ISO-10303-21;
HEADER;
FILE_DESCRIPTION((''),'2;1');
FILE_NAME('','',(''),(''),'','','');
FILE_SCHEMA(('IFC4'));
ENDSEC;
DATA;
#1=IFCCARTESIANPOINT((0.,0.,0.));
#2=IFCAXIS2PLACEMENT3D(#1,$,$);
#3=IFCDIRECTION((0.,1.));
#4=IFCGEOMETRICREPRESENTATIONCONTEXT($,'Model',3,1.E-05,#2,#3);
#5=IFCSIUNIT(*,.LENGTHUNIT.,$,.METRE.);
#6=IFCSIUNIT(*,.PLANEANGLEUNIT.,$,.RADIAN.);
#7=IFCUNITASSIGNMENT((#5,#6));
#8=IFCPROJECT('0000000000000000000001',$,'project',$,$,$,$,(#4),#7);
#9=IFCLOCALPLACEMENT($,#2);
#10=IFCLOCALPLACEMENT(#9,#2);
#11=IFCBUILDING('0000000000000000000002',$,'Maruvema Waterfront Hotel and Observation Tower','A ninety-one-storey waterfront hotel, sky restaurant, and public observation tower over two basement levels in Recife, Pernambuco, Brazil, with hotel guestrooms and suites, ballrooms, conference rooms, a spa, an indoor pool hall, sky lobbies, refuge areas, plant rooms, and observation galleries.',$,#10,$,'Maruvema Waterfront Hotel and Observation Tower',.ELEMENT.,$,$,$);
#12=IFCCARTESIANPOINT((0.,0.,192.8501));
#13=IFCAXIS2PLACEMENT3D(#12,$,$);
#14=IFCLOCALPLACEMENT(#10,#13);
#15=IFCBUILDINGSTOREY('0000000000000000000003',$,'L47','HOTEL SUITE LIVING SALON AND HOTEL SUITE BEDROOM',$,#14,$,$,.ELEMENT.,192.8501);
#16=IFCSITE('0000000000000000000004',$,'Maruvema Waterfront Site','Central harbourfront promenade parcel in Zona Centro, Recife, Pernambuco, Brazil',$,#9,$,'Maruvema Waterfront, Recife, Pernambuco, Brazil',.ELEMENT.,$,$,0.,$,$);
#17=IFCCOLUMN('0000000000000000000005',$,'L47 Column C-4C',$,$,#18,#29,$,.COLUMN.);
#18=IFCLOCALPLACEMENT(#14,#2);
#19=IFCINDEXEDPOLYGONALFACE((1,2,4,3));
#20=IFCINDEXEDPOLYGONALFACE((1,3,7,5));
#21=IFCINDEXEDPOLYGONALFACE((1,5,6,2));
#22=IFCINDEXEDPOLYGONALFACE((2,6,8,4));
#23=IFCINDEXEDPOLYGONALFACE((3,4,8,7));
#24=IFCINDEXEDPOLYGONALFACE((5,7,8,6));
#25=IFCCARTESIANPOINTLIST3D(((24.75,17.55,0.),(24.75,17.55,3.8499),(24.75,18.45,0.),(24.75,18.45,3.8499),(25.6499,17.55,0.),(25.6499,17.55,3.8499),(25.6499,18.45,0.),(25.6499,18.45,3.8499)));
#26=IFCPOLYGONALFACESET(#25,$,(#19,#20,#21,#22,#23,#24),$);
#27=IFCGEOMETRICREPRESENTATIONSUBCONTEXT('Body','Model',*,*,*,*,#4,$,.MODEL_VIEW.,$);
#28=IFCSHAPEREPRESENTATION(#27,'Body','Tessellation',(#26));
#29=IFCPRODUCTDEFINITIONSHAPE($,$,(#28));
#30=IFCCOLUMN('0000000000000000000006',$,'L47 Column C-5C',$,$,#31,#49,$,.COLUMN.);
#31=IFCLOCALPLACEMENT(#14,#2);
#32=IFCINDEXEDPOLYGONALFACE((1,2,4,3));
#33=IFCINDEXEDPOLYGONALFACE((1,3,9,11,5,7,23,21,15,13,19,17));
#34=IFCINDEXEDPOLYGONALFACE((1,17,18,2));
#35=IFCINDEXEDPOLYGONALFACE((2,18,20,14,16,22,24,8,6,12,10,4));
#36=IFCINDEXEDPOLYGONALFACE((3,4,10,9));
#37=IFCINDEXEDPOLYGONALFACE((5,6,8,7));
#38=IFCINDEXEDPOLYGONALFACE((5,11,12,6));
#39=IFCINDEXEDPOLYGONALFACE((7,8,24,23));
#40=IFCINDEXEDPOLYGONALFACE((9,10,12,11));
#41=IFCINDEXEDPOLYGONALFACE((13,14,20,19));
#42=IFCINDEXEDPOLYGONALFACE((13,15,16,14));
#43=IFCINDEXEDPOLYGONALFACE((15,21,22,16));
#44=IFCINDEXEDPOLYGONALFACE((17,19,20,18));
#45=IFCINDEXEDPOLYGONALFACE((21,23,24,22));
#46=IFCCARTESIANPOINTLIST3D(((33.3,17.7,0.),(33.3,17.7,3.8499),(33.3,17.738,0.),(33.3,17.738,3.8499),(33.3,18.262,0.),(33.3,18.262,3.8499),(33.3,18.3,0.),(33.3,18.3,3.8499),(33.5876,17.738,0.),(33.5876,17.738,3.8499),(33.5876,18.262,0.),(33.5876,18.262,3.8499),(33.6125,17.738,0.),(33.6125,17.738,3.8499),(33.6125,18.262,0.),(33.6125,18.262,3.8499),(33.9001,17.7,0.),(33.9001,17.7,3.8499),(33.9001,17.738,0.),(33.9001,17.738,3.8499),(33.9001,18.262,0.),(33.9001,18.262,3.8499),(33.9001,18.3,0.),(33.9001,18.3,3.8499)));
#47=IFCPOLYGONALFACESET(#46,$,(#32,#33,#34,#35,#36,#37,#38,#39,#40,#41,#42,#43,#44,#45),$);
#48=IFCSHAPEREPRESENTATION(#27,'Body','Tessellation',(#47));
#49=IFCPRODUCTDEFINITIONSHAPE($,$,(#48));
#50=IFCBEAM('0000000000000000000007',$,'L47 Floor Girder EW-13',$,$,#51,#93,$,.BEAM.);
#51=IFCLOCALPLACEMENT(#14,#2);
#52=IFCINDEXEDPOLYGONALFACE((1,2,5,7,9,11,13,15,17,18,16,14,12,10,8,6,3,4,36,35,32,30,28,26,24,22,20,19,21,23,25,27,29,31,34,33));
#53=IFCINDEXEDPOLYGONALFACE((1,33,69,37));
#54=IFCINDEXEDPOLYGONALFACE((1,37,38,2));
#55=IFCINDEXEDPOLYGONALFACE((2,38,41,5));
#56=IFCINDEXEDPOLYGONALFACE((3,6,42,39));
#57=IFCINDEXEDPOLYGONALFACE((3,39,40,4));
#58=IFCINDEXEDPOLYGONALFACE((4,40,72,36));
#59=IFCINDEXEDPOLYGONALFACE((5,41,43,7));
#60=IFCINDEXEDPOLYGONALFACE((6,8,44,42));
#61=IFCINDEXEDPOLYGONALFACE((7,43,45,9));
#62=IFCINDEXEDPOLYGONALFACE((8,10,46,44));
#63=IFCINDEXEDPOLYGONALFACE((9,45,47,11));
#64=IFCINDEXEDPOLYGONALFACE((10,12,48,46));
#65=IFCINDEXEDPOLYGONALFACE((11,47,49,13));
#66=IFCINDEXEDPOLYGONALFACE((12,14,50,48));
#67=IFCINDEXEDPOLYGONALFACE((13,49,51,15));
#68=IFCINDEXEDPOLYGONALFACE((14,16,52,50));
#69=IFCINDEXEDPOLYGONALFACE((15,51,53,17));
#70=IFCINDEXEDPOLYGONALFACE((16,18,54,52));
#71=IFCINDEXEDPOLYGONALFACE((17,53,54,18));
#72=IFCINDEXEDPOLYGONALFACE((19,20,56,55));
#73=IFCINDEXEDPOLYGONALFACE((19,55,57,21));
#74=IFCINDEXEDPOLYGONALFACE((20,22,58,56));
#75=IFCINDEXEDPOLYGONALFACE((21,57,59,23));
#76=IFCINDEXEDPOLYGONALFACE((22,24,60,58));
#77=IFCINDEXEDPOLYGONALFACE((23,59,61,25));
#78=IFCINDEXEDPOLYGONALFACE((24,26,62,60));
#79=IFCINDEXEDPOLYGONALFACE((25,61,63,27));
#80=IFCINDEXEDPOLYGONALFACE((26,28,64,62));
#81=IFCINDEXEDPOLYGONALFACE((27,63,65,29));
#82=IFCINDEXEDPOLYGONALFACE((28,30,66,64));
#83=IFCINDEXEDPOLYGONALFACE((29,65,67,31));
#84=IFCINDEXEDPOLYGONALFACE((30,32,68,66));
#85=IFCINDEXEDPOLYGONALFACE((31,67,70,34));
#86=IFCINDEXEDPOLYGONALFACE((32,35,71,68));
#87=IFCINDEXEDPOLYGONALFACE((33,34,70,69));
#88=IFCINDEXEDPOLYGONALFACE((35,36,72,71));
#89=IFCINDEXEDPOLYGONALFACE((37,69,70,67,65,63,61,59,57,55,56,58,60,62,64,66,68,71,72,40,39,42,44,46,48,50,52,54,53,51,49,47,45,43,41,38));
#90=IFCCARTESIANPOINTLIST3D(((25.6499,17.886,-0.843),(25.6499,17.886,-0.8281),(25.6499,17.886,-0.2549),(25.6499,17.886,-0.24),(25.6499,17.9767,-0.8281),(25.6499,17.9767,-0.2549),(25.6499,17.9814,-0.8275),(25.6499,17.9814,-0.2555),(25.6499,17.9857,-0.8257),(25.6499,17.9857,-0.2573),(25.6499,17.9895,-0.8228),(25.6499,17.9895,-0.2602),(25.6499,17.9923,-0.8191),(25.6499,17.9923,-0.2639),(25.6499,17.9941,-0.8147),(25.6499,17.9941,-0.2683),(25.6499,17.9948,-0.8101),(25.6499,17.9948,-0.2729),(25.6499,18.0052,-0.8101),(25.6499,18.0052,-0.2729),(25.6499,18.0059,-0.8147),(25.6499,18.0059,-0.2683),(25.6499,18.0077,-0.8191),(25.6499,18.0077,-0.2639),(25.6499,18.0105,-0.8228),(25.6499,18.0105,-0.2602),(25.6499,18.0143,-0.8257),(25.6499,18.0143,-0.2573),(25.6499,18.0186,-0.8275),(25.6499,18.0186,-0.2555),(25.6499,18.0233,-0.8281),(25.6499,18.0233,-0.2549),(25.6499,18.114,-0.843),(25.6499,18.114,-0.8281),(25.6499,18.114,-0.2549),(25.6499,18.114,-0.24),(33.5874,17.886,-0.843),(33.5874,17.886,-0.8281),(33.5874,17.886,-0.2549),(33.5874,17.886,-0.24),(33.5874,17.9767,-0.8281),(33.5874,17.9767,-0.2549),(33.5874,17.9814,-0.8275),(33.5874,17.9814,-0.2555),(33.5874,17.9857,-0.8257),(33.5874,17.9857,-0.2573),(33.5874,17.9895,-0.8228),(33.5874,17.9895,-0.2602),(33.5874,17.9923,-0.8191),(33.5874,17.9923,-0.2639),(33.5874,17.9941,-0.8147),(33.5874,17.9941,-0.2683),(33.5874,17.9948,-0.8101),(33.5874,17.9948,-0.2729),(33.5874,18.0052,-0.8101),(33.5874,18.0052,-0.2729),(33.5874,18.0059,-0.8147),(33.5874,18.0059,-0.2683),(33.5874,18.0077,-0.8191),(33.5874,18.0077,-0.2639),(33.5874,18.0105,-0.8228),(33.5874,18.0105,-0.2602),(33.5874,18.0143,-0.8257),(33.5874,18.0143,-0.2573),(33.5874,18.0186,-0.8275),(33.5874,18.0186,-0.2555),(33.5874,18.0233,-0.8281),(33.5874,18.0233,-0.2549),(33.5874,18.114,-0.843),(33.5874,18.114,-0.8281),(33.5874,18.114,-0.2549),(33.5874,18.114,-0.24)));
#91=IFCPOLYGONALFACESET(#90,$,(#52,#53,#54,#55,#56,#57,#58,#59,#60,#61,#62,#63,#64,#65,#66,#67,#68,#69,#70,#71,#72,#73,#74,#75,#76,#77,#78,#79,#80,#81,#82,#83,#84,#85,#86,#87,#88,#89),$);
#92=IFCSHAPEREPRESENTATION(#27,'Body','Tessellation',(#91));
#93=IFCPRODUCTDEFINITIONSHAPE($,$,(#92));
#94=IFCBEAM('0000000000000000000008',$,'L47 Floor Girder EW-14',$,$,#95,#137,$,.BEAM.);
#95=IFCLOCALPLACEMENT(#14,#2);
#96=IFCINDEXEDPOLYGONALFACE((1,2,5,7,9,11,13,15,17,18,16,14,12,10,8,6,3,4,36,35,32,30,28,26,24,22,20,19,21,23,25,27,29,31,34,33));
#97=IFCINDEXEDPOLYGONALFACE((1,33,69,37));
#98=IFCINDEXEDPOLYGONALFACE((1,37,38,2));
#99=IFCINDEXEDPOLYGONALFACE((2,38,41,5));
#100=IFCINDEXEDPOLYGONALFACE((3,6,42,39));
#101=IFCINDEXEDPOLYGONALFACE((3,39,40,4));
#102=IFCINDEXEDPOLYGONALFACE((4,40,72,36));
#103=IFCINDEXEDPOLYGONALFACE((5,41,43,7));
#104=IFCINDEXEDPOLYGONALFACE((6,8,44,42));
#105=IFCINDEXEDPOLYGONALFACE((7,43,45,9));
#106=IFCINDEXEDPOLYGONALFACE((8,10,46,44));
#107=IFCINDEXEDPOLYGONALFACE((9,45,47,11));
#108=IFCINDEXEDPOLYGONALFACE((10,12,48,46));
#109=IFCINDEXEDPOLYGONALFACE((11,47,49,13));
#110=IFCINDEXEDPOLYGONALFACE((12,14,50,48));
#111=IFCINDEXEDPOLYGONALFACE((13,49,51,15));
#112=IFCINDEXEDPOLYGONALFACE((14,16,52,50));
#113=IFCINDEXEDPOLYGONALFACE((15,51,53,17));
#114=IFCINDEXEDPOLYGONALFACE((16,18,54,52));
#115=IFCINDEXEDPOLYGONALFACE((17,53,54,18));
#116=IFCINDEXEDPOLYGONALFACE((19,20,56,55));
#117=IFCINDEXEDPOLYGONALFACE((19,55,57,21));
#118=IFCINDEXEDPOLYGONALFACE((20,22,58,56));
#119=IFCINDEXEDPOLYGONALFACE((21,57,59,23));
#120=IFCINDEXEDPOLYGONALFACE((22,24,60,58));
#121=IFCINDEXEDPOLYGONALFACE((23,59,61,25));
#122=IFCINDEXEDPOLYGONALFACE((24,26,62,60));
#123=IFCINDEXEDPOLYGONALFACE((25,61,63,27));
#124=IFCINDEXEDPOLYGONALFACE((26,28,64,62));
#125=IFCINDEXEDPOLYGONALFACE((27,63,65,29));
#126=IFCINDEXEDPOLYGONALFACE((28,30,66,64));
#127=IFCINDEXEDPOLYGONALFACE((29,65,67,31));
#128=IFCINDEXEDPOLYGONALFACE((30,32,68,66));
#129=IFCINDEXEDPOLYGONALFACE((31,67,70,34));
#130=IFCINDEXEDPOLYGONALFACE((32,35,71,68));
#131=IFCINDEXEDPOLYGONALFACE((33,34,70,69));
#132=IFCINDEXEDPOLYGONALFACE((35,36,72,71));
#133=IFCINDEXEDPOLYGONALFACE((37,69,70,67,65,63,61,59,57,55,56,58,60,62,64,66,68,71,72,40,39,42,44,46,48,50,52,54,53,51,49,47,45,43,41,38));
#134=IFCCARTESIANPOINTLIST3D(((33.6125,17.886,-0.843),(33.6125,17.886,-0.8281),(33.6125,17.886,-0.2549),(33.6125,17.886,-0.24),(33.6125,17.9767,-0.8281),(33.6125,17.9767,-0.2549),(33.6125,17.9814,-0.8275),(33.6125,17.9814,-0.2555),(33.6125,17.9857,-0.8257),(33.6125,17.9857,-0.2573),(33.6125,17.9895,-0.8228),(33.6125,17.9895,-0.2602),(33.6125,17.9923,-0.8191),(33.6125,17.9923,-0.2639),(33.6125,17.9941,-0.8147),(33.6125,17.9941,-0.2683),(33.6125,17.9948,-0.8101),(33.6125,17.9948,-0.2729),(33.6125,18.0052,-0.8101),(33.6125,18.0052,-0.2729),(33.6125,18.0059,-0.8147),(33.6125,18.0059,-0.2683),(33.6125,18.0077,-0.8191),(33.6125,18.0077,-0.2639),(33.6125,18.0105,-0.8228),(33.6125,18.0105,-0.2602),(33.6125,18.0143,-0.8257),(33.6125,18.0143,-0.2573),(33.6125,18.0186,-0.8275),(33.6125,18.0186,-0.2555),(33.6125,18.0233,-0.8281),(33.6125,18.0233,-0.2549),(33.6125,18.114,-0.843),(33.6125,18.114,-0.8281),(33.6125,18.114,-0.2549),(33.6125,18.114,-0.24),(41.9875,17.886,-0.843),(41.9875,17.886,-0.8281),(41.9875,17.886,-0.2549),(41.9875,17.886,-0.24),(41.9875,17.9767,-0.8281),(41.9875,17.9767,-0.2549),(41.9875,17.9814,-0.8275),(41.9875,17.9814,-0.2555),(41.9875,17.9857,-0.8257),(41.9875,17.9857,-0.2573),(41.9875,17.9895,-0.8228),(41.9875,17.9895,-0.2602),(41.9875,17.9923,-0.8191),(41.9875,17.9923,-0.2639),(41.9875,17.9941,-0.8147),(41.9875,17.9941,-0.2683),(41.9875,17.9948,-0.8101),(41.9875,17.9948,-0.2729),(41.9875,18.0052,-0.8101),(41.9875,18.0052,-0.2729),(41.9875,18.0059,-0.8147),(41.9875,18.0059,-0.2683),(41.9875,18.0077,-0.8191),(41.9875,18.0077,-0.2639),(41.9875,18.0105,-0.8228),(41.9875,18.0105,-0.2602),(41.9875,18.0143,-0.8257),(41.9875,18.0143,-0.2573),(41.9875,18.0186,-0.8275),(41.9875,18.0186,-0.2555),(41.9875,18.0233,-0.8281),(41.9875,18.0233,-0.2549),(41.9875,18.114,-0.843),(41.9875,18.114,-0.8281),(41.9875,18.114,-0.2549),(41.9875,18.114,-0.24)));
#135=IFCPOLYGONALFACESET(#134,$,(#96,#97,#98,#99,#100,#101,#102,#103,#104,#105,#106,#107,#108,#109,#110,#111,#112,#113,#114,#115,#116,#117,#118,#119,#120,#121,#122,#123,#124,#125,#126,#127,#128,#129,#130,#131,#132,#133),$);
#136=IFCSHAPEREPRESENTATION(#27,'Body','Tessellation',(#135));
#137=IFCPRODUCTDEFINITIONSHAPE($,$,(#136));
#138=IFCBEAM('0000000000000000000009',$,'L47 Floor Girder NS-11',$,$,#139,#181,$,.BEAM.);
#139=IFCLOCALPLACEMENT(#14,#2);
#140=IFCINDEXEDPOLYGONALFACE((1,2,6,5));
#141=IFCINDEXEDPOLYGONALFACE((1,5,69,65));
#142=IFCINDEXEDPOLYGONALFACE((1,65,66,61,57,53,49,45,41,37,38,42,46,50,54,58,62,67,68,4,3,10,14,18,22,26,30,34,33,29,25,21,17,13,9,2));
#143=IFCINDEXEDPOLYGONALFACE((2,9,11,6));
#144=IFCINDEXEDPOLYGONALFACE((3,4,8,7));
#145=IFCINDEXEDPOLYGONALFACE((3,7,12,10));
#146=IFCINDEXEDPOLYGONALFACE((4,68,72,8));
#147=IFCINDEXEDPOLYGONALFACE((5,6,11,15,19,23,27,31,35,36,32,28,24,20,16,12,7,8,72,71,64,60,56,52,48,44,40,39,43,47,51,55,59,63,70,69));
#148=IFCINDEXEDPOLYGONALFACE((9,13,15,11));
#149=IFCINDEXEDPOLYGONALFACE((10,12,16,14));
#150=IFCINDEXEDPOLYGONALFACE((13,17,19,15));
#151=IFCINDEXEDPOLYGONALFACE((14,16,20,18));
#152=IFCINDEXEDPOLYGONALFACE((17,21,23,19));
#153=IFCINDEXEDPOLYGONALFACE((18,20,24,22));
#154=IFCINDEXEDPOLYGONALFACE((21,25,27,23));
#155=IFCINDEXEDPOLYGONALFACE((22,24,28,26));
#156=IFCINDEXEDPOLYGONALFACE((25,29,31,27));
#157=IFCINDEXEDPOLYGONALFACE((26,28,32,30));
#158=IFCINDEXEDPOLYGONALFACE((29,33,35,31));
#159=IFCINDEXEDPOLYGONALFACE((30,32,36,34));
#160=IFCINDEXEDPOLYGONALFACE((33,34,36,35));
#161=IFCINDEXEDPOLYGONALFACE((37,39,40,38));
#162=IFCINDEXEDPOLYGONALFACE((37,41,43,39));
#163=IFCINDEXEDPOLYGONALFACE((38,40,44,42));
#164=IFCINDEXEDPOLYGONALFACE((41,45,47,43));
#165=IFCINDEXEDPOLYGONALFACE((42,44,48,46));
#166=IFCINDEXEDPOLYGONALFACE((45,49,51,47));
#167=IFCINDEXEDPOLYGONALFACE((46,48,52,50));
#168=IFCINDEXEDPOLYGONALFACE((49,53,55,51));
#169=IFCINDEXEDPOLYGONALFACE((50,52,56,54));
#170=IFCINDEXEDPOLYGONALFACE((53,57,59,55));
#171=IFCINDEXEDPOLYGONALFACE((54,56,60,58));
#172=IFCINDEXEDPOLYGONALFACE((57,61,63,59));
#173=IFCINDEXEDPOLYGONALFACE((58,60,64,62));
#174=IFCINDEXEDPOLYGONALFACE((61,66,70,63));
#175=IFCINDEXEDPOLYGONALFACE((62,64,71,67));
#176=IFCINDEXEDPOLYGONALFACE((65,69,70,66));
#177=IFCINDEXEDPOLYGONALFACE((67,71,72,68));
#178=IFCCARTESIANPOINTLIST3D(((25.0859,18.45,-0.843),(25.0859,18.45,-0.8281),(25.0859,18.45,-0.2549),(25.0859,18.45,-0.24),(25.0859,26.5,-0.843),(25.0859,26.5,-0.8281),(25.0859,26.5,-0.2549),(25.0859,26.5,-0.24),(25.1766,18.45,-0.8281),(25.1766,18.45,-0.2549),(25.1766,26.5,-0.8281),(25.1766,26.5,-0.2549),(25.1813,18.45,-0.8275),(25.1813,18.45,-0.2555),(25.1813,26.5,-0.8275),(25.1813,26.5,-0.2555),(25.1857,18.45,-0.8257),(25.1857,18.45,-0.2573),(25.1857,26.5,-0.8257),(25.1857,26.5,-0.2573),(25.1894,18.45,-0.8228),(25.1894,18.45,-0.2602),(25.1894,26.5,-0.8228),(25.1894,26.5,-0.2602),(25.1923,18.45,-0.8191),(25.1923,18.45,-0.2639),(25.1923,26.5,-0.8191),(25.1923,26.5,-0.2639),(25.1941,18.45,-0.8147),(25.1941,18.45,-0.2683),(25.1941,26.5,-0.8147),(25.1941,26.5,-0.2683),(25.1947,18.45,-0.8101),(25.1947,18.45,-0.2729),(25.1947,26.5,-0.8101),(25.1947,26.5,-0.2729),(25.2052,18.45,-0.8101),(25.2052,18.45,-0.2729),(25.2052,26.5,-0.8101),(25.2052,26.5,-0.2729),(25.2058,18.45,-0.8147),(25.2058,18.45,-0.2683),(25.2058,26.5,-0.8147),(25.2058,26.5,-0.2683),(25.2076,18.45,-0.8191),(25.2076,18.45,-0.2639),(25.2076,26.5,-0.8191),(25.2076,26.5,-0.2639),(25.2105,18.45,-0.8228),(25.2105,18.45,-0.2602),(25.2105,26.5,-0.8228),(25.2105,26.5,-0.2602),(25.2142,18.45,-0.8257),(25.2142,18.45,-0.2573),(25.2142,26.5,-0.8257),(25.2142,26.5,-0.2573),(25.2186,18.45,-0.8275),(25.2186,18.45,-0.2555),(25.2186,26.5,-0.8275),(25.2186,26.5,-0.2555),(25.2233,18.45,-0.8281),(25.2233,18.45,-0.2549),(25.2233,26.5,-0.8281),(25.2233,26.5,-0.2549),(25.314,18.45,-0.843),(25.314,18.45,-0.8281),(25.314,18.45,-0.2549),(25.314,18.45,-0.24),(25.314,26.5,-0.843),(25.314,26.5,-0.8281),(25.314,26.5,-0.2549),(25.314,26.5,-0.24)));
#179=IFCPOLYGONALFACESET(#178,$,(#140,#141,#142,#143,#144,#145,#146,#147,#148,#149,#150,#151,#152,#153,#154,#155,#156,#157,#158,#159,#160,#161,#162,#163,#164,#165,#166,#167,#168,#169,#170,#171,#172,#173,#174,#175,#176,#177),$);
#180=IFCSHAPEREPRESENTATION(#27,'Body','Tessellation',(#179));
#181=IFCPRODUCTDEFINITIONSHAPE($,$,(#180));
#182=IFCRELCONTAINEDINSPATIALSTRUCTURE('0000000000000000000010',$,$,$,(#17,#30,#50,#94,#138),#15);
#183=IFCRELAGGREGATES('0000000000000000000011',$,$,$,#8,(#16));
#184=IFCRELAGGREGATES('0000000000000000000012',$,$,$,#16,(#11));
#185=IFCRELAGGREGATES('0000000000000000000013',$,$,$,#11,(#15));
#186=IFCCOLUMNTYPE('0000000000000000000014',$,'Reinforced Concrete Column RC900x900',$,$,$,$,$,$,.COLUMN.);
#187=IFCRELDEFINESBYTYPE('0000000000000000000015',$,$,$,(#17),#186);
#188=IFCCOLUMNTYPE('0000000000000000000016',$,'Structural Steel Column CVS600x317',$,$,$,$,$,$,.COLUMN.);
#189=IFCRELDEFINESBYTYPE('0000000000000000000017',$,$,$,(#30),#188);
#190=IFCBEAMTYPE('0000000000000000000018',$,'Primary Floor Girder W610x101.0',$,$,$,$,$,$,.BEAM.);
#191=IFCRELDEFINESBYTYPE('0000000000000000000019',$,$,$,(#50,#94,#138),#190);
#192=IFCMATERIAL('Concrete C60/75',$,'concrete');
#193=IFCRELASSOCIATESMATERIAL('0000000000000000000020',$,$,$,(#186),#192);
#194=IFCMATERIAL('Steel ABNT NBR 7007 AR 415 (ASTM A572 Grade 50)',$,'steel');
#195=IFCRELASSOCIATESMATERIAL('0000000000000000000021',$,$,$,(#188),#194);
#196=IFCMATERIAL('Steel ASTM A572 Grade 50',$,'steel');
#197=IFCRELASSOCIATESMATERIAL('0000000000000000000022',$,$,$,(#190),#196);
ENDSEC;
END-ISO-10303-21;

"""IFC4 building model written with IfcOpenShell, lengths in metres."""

from ifc_helpers import new_model, si_unit, direction, frame, origin, origin_2d, place, context, subcontext, project, spatial, rectangle, i_section, extrude, material, material_profile, profile_set, type_object, element, save


model = new_model("IFC4")

# Units and contexts
model_context = context("Model", 3, precision=1e-05, world=origin(), true_north=direction((0.0, 1.0)))
body_context = subcontext(model_context, "Body", "Model", "MODEL_VIEW")
ifc_project = project(units=[si_unit("LENGTHUNIT", "METRE"), si_unit("PLANEANGLEUNIT", "RADIAN")], contexts=[model_context])

# Site, building, storey
site_placement = place(None, origin())
site = spatial("IfcSite", under=ifc_project, at=site_placement, Name="Maruvema Waterfront Site", Description="Central harbourfront promenade parcel in Zona Centro, Recife, Pernambuco, Brazil", LongName="Maruvema Waterfront, Recife, Pernambuco, Brazil", CompositionType="ELEMENT", RefElevation=0.0)
building_placement = place(site_placement, origin())
building = spatial("IfcBuilding", under=site, at=building_placement, Name="Maruvema Waterfront Hotel and Observation Tower", Description="A ninety-one-storey waterfront hotel, sky restaurant, and public observation tower over two basement levels in Recife, Pernambuco, Brazil, with hotel guestrooms and suites, ballrooms, conference rooms, a spa, an indoor pool hall, sky lobbies, refuge areas, plant rooms, and observation galleries.", LongName="Maruvema Waterfront Hotel and Observation Tower", CompositionType="ELEMENT")
storey_placement = place(building_placement, frame((0.0, 0.0, 192.8501)))
storey = spatial("IfcBuildingStorey", under=building, at=storey_placement, Name="L47", Description="HOTEL SUITE LIVING SALON AND HOTEL SUITE BEDROOM", CompositionType="ELEMENT", Elevation=192.8501)

# Columns
ifc_material_1 = material(Name="Concrete C60/75", Category="concrete")
ifc_material_profile_1 = material_profile(ifc_material_1, rectangle(XDim=0.8999, YDim=0.8999, at=origin_2d()), Name="RC900x900")
ifc_profile_set_1 = profile_set([ifc_material_profile_1], Name="Concrete C60/75")
column_type_1 = type_object("IfcColumnType", Name="Reinforced Concrete Column RC900x900", PredefinedType="COLUMN", material=ifc_profile_set_1)
column_1_placement = place(storey_placement, frame((25.2, 18.0, 0.0), z_axis=(0.0, 0.0, 1.0), x_axis=(1.0, 0.0, 0.0)))
element("IfcColumn", 1, at=column_1_placement, inside=storey, type_object=column_type_1, Name="L47 Column C-4C", PredefinedType="COLUMN", context=body_context, shape_type="SweptSolid", body=[
    extrude(rectangle(XDim=0.8999, YDim=0.8999, at=origin_2d()), origin(), (0.0, 0.0, 1.0), 3.8499),
])
ifc_material_2 = material(Name="Steel ABNT NBR 7007 AR 415 (ASTM A572 Grade 50)", Category="steel")
ifc_material_profile_2 = material_profile(ifc_material_2, i_section(OverallWidth=0.6001, OverallDepth=0.6001, WebThickness=0.0249, FlangeThickness=0.0381, at=origin_2d()), Name="CVS600x317")
ifc_profile_set_2 = profile_set([ifc_material_profile_2], Name="Steel ABNT NBR 7007 AR 415 (ASTM A572 Grade 50)")
column_type_2 = type_object("IfcColumnType", Name="Structural Steel Column CVS600x317", PredefinedType="COLUMN", material=ifc_profile_set_2)
column_2_placement = place(storey_placement, frame((33.6001, 18.0, 0.0), z_axis=(0.0, 0.0, 1.0), x_axis=(1.0, 0.0, 0.0)))
element("IfcColumn", 2, at=column_2_placement, inside=storey, type_object=column_type_2, Name="L47 Column C-5C", PredefinedType="COLUMN", context=body_context, shape_type="SweptSolid", body=[
    extrude(i_section(OverallWidth=0.6001, OverallDepth=0.6001, WebThickness=0.0249, FlangeThickness=0.0381, at=origin_2d()), origin(), (0.0, 0.0, 1.0), 3.8499),
])

# Beams
ifc_material_3 = material(Name="Steel ASTM A572 Grade 50", Category="steel")
ifc_material_profile_3 = material_profile(ifc_material_3, i_section(OverallWidth=0.228, OverallDepth=0.603, WebThickness=0.0105, FlangeThickness=0.0149, FilletRadius=0.0181, at=origin_2d()), Name="W610x101.0")
ifc_profile_set_3 = profile_set([ifc_material_profile_3], Name="Steel ASTM A572 Grade 50")
beam_type = type_object("IfcBeamType", Name="Primary Floor Girder W610x101.0", PredefinedType="BEAM", material=ifc_profile_set_3)
beam_1_placement = place(storey_placement, frame((25.6499, 18.0, -0.5415), z_axis=(1.0, 0.0, 0.0), x_axis=(0.0, 1.0, 0.0)))
element("IfcBeam", 3, at=beam_1_placement, inside=storey, type_object=beam_type, Name="L47 Floor Girder EW-13", PredefinedType="BEAM", context=body_context, shape_type="SweptSolid", body=[
    extrude(i_section(OverallWidth=0.228, OverallDepth=0.603, WebThickness=0.0105, FlangeThickness=0.0149, FilletRadius=0.0181, at=origin_2d()), origin(), (0.0, 0.0, 1.0), 7.9375),
])
beam_2_placement = place(storey_placement, frame((33.6125, 18.0, -0.5415), z_axis=(1.0, 0.0, 0.0), x_axis=(0.0, 1.0, 0.0)))
element("IfcBeam", 4, at=beam_2_placement, inside=storey, type_object=beam_type, Name="L47 Floor Girder EW-14", PredefinedType="BEAM", context=body_context, shape_type="SweptSolid", body=[
    extrude(i_section(OverallWidth=0.228, OverallDepth=0.603, WebThickness=0.0105, FlangeThickness=0.0149, FilletRadius=0.0181, at=origin_2d()), origin(), (0.0, 0.0, 1.0), 8.375),
])
beam_3_placement = place(storey_placement, frame((25.2, 18.45, -0.5415), z_axis=(0.0, 1.0, 0.0), x_axis=(-1.0, 0.0, 0.0)))
element("IfcBeam", 5, at=beam_3_placement, inside=storey, type_object=beam_type, Name="L47 Floor Girder NS-11", PredefinedType="BEAM", context=body_context, shape_type="SweptSolid", body=[
    extrude(i_section(OverallWidth=0.228, OverallDepth=0.603, WebThickness=0.0105, FlangeThickness=0.0149, FilletRadius=0.0181, at=origin_2d()), origin(), (0.0, 0.0, 1.0), 8.05),
])

save(model, "model.ifc")
